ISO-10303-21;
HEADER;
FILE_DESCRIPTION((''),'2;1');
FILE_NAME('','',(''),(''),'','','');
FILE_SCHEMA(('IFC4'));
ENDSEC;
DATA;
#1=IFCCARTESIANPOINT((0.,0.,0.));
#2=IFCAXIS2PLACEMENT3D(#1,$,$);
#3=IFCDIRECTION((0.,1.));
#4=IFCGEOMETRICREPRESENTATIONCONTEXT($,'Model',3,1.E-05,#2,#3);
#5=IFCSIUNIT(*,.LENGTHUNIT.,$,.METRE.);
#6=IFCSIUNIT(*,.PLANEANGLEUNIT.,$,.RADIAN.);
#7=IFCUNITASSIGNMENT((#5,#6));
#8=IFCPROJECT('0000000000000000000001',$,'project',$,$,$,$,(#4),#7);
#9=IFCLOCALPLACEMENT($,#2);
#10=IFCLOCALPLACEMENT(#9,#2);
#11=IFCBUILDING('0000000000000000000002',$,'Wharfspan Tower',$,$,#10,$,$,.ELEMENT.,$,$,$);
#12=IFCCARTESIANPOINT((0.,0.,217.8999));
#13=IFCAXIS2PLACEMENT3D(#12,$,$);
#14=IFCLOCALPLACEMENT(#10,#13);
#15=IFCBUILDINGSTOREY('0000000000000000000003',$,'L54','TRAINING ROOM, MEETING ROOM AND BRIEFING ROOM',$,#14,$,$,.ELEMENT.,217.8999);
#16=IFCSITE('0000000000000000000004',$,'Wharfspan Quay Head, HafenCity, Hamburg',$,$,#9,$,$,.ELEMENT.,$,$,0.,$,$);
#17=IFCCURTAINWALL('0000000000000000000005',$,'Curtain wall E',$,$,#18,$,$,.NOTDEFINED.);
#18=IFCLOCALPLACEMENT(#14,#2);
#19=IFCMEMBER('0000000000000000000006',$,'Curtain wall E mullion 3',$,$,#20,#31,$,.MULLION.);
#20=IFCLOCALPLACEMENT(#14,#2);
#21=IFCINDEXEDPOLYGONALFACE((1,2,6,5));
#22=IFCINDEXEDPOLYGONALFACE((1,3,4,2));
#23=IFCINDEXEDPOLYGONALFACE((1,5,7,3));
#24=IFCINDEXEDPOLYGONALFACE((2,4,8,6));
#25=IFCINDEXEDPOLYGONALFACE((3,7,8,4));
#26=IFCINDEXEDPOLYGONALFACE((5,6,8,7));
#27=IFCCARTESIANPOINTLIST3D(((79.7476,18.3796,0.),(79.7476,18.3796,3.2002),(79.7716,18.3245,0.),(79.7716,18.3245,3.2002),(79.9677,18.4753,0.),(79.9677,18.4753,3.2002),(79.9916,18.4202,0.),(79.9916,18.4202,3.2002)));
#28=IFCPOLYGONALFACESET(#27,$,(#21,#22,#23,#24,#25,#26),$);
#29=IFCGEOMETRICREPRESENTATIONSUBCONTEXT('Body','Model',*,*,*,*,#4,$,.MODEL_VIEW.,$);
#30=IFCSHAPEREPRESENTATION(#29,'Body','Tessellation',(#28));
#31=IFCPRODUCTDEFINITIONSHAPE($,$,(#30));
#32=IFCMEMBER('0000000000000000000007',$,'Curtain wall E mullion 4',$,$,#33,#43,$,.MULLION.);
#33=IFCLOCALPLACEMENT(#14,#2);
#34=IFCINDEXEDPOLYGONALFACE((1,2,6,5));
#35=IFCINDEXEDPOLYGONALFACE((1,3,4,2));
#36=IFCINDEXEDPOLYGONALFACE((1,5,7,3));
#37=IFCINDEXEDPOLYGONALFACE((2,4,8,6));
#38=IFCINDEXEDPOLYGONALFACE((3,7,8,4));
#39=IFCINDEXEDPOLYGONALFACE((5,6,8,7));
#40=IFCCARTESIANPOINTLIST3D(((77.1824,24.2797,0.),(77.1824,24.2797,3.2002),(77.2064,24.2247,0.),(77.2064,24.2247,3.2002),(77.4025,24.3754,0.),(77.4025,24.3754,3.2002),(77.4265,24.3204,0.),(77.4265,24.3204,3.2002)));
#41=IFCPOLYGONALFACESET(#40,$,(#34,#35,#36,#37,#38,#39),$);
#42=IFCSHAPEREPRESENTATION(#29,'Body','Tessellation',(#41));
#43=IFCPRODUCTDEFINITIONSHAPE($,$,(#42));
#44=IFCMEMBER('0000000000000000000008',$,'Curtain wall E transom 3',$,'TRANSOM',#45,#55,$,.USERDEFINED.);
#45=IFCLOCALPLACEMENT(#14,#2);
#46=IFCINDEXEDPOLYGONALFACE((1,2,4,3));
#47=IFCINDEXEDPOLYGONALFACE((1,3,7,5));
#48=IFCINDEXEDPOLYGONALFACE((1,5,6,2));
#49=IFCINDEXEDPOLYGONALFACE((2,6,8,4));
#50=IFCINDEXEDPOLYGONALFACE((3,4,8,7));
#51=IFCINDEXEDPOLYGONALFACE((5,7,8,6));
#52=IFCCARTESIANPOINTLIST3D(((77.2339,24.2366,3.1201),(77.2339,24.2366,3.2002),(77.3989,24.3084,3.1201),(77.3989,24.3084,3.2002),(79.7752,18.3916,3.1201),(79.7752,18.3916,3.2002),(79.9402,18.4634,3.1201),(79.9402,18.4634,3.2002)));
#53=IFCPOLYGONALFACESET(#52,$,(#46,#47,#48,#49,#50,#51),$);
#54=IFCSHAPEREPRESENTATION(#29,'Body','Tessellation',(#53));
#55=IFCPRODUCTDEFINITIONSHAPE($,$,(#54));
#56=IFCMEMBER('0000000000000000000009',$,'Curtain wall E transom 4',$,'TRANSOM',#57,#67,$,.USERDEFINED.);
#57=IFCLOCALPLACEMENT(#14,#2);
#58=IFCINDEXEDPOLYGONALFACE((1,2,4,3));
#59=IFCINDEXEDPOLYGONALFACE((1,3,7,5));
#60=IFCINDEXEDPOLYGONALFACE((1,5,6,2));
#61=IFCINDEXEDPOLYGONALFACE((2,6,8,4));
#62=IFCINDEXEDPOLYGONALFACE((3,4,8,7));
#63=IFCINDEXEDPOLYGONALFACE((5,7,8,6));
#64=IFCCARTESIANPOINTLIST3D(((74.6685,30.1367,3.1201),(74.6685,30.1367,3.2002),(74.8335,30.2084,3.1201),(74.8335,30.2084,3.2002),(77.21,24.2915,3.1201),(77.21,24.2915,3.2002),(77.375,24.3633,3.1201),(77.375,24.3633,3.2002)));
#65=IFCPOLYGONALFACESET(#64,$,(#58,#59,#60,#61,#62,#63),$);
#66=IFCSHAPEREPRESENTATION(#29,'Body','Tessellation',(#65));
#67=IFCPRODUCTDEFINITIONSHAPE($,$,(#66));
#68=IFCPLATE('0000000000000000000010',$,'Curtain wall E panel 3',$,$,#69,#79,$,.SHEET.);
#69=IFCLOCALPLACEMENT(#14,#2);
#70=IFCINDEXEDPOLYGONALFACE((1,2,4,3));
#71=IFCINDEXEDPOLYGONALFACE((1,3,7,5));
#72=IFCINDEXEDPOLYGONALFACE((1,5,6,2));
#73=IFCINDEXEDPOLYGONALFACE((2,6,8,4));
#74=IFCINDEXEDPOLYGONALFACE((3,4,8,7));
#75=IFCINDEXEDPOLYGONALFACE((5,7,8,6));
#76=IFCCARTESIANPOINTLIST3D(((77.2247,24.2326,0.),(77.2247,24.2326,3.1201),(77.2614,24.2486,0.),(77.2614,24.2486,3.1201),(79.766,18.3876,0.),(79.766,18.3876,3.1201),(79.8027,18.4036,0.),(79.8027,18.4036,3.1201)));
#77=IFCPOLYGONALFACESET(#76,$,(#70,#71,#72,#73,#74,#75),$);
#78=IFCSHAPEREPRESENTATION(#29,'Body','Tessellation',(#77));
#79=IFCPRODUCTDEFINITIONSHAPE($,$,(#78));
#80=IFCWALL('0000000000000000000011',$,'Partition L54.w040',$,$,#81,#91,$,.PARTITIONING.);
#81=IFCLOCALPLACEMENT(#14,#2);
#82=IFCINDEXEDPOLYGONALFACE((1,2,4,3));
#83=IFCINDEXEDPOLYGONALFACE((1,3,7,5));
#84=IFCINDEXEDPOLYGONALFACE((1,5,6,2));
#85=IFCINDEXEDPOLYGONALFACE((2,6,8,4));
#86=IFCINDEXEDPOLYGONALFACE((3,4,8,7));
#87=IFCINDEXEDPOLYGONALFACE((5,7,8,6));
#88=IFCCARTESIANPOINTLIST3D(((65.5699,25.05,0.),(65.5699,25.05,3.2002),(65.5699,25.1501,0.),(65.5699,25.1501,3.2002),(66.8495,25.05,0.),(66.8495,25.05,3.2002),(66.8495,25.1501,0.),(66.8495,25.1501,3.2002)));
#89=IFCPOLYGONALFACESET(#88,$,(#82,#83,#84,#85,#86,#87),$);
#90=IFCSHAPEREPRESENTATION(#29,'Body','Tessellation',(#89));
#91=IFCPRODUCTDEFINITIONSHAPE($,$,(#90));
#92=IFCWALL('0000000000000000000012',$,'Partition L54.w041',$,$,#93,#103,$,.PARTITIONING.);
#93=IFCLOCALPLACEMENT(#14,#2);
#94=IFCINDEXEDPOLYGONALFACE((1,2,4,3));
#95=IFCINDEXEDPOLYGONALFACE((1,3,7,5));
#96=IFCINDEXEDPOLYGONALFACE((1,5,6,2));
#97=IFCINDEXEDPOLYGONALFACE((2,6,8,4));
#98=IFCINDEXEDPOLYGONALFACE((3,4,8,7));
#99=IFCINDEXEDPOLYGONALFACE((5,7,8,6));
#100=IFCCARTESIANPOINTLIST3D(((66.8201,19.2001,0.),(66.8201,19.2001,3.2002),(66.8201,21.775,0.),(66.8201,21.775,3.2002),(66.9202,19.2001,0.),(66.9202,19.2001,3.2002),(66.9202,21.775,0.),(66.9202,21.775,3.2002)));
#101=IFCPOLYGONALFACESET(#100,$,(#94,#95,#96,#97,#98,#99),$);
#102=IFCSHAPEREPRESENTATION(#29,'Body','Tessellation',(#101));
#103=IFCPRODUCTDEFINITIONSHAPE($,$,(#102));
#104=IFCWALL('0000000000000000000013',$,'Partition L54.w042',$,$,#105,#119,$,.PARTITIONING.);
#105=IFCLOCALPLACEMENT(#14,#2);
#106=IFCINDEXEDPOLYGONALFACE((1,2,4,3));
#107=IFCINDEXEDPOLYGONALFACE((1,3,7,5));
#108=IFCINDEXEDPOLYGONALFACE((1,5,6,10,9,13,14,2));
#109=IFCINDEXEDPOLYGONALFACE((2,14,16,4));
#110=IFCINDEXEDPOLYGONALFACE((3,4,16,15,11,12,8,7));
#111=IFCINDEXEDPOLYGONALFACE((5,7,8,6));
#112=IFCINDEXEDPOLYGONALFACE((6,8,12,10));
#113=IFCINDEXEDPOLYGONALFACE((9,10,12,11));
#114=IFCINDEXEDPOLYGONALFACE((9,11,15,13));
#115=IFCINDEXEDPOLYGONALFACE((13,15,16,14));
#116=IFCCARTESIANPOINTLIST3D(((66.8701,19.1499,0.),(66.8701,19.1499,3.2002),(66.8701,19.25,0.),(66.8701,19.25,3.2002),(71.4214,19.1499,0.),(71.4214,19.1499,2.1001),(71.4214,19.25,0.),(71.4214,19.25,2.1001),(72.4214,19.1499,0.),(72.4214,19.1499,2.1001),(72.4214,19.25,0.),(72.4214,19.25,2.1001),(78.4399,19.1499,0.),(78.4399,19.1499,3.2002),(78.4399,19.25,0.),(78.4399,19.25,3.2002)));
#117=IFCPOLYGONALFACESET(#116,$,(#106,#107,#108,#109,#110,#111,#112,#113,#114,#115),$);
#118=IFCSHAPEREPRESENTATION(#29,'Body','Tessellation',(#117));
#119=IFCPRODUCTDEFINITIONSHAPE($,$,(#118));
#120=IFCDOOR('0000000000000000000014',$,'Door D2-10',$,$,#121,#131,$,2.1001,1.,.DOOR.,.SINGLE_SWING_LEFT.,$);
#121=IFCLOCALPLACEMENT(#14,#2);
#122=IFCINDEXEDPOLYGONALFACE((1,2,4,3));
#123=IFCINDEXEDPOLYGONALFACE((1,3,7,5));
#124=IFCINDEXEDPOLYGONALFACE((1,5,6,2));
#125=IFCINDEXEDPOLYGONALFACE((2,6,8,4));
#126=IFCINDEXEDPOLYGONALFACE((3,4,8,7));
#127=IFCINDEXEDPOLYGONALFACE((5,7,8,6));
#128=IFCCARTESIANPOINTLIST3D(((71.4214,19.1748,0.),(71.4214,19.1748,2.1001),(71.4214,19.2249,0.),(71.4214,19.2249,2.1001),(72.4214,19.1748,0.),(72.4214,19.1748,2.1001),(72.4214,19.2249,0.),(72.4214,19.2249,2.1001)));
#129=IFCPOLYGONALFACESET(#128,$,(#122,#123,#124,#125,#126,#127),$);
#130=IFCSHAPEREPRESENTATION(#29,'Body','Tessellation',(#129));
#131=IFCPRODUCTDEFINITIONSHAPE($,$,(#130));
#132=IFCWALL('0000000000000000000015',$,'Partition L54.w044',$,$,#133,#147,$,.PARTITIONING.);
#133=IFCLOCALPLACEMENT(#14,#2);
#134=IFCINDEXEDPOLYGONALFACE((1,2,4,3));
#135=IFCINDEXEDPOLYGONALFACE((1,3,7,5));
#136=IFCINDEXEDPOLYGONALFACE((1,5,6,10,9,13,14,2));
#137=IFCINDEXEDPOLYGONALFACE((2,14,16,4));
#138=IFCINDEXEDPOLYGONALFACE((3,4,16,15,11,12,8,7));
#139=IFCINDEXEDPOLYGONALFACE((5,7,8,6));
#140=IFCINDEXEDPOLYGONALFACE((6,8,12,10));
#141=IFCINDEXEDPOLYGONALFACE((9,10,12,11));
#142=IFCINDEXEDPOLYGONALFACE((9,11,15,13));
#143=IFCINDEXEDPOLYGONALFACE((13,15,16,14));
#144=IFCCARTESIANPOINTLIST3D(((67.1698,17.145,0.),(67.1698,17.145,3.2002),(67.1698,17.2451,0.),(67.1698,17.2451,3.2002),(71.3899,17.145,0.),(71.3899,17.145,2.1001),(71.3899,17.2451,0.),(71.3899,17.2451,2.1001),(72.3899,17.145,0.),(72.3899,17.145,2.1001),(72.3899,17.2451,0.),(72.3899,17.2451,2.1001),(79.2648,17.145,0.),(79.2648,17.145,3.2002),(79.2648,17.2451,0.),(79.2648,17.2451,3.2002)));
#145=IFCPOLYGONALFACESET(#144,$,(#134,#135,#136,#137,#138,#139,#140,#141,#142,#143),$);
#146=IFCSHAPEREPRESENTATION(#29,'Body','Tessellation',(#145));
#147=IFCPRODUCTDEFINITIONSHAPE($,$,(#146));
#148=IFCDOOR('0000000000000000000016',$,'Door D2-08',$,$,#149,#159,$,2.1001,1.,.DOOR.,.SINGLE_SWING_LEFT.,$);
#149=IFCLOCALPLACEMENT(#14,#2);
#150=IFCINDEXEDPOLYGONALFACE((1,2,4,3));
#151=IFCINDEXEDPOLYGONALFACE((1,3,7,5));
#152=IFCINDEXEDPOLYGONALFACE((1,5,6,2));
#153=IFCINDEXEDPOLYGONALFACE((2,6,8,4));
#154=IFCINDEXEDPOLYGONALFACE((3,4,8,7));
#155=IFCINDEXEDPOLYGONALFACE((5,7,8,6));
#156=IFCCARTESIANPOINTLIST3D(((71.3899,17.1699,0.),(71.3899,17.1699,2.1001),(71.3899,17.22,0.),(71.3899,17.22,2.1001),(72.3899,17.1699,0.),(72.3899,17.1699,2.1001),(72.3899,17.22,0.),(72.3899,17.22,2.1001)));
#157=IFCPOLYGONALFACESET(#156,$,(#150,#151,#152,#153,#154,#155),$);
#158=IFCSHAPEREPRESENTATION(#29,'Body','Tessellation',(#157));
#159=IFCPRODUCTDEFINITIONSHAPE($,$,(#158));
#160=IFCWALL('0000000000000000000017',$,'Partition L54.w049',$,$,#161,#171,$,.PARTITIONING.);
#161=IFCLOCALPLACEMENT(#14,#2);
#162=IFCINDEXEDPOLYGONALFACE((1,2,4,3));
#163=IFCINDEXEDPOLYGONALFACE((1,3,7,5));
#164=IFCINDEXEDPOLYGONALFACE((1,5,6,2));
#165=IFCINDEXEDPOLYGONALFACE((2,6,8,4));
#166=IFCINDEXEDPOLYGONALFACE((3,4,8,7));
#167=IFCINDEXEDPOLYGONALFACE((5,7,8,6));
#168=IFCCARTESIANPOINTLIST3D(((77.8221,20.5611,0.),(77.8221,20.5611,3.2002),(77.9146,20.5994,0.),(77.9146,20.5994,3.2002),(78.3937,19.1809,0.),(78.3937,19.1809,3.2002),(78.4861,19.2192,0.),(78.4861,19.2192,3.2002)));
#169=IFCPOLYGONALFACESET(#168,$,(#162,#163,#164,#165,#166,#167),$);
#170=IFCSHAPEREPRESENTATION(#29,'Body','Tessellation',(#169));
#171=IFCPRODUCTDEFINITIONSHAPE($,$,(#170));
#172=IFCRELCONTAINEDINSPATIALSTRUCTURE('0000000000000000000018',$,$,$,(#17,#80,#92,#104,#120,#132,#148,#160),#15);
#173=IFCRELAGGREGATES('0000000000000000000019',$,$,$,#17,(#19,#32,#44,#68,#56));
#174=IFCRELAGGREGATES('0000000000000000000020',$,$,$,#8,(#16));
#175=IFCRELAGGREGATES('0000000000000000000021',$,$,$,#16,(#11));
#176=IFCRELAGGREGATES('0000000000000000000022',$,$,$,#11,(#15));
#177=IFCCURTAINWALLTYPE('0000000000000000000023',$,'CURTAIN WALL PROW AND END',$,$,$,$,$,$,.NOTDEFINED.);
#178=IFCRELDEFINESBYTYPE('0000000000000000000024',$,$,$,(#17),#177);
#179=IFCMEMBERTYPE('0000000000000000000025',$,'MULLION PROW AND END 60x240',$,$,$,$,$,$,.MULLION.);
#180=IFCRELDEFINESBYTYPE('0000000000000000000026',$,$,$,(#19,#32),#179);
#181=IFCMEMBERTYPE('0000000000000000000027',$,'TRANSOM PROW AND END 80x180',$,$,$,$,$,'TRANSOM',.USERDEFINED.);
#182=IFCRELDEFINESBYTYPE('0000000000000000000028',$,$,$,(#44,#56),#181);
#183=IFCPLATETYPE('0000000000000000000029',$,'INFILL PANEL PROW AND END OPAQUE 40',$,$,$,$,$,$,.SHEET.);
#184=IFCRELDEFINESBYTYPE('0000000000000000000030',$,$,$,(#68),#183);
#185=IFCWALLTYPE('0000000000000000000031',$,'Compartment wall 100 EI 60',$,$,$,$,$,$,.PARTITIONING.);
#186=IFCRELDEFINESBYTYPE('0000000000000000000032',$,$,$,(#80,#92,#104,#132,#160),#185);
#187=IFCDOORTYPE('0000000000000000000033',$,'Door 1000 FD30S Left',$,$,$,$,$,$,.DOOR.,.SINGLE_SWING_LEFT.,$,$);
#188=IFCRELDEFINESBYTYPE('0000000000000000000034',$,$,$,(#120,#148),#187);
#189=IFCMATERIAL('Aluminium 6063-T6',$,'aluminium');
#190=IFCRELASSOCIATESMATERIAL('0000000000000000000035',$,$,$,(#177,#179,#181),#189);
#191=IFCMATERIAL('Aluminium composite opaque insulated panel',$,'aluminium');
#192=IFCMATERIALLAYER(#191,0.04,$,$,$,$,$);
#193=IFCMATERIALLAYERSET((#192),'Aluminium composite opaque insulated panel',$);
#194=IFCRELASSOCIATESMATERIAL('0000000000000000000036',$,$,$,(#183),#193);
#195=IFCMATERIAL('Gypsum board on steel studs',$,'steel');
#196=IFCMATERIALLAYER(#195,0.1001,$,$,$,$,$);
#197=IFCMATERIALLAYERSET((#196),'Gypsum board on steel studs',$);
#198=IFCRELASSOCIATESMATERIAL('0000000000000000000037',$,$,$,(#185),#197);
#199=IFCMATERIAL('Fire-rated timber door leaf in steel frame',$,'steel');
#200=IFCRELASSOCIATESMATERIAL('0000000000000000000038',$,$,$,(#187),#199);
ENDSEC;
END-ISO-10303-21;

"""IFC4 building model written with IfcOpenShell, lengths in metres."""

from ifc_helpers import new_model, si_unit, direction, frame, frame_2d, origin, origin_2d, place, context, subcontext, project, spatial, rectangle, extrude, material, layer, layer_set, material_profile, profile_set, type_object, element, fill, aggregate, save


model = new_model("IFC4")

# Units and contexts
model_context = context("Model", 3, precision=1e-05, world=origin(), true_north=direction((0.0, 1.0)))
body_context = subcontext(model_context, "Body", "Model", "MODEL_VIEW")
ifc_project = project(units=[si_unit("LENGTHUNIT", "METRE"), si_unit("PLANEANGLEUNIT", "RADIAN")], contexts=[model_context])

# Site, building, storey
site_placement = place(None, origin())
site = spatial("IfcSite", under=ifc_project, at=site_placement, Name="Wharfspan Quay Head, HafenCity, Hamburg", CompositionType="ELEMENT", RefElevation=0.0)
building_placement = place(site_placement, origin())
building = spatial("IfcBuilding", under=site, at=building_placement, Name="Wharfspan Tower", CompositionType="ELEMENT")
storey_placement = place(building_placement, frame((0.0, 0.0, 217.8999)))
storey = spatial("IfcBuildingStorey", under=building, at=storey_placement, Name="L54", Description="TRAINING ROOM, MEETING ROOM AND BRIEFING ROOM", CompositionType="ELEMENT", Elevation=217.8999)

# Curtain wall, members, plate
ifc_material_1 = material(Name="Aluminium 6063-T6", Category="aluminium")
curtain_wall_type = type_object("IfcCurtainWallType", Name="CURTAIN WALL PROW AND END", PredefinedType="NOTDEFINED", material=ifc_material_1)
curtain_wall_placement = place(storey_placement, origin())
curtain_wall = element("IfcCurtainWall", 1, at=curtain_wall_placement, inside=storey, type_object=curtain_wall_type, Name="Curtain wall E", PredefinedType="NOTDEFINED")
ifc_material_profile_1 = material_profile(ifc_material_1, rectangle(XDim=0.24, YDim=0.0601, at=origin_2d()))
ifc_profile_set_1 = profile_set([ifc_material_profile_1], Name="Aluminium 6063-T6")
member_type_1 = type_object("IfcMemberType", Name="MULLION PROW AND END 60x240", PredefinedType="MULLION", material=ifc_profile_set_1)
member_1_placement = place(storey_placement, frame((79.8696, 18.3999, 0.0), z_axis=(0.0, 0.0, 1.0), x_axis=(-0.917072, -0.398727, 0.0)))
member_1 = element("IfcMember", 2, at=member_1_placement, type_object=member_type_1, Name="Curtain wall E mullion 3", PredefinedType="MULLION", context=body_context, shape_type="SweptSolid", body=[
    extrude(rectangle(XDim=0.24, YDim=0.0601, at=origin_2d()), origin(), (0.0, 0.0, 1.0), 3.2002),
])
member_2_placement = place(storey_placement, frame((77.3044, 24.3, 0.0), z_axis=(0.0, 0.0, 1.0), x_axis=(-0.917072, -0.398727, 0.0)))
member_2 = element("IfcMember", 3, at=member_2_placement, type_object=member_type_1, Name="Curtain wall E mullion 4", PredefinedType="MULLION", context=body_context, shape_type="SweptSolid", body=[
    extrude(rectangle(XDim=0.24, YDim=0.0601, at=origin_2d()), origin(), (0.0, 0.0, 1.0), 3.2002),
])
ifc_material_profile_2 = material_profile(ifc_material_1, rectangle(XDim=0.1799, YDim=0.0801, at=origin_2d()))
ifc_profile_set_2 = profile_set([ifc_material_profile_2], Name="Aluminium 6063-T6")
member_type_2 = type_object("IfcMemberType", Name="TRANSOM PROW AND END 80x180", ElementType="TRANSOM", PredefinedType="USERDEFINED", material=ifc_profile_set_2)
member_3_placement = place(storey_placement, frame((79.8577, 18.4275, 3.1602), z_axis=(-0.398722, 0.917072, 0.0), x_axis=(-0.917072, -0.398722, 0.0)))
member_3 = element("IfcMember", 4, at=member_3_placement, type_object=member_type_2, Name="Curtain wall E transom 3", ObjectType="TRANSOM", PredefinedType="USERDEFINED", context=body_context, shape_type="SweptSolid", body=[
    extrude(rectangle(XDim=0.1799, YDim=0.0801, at=origin_2d()), origin(), (0.0, 0.0, 1.0), 6.3735),
])
member_4_placement = place(storey_placement, frame((77.2925, 24.3274, 3.1602), z_axis=(-0.39874, 0.917064, 0.0), x_axis=(-0.917064, -0.39874, 0.0)))
member_4 = element("IfcMember", 5, at=member_4_placement, type_object=member_type_2, Name="Curtain wall E transom 4", ObjectType="TRANSOM", PredefinedType="USERDEFINED", context=body_context, shape_type="SweptSolid", body=[
    extrude(rectangle(XDim=0.1799, YDim=0.0801, at=origin_2d()), origin(), (0.0, 0.0, 1.0), 6.3738),
])
ifc_material_2 = material(Name="Aluminium composite opaque insulated panel", Category="aluminium")
ifc_layer_1 = layer(ifc_material_2, 0.04)
ifc_layer_set_1 = layer_set([ifc_layer_1], Name="Aluminium composite opaque insulated panel")
plate_type = type_object("IfcPlateType", Name="INFILL PANEL PROW AND END OPAQUE 40", PredefinedType="SHEET", material=ifc_layer_set_1)
plate_placement = place(storey_placement, frame((78.5137, 21.3181, 0.0), z_axis=(0.0, 0.0, 1.0), x_axis=(-0.398727, 0.917072, 0.0)))
plate = element("IfcPlate", 6, at=plate_placement, type_object=plate_type, Name="Curtain wall E panel 3", PredefinedType="SHEET", context=body_context, shape_type="SweptSolid", body=[
    extrude(rectangle(XDim=6.3735, YDim=0.04, at=origin_2d()), origin(), (0.0, 0.0, 1.0), 3.1201),
])
aggregate(curtain_wall, [member_1, member_2, member_3, plate, member_4])

# Walls
ifc_material_3 = material(Name="Gypsum board on steel studs", Category="steel")
ifc_layer_2 = layer(ifc_material_3, 0.1001)
ifc_layer_set_2 = layer_set([ifc_layer_2], Name="Gypsum board on steel studs")
wall_type_1 = type_object("IfcWallType", Name="Compartment wall 100 EI 60", PredefinedType="PARTITIONING", material=ifc_layer_set_2)
wall_1_placement = place(storey_placement, frame((65.5701, 25.1001, 0.0), z_axis=(0.0, 0.0, 1.0), x_axis=(1.0, 0.0, 0.0)))
element("IfcWall", 7, at=wall_1_placement, inside=storey, type_object=wall_type_1, Name="Partition L54.w040", PredefinedType="PARTITIONING", context=body_context, shape_type="SweptSolid", body=[
    extrude(rectangle(XDim=1.2795, YDim=0.1001, at=frame_2d((0.6396, 0.0))), origin(), (0.0, 0.0, 1.0), 3.2002),
])
wall_2_placement = place(storey_placement, frame((66.8701, 19.2, 0.0), z_axis=(0.0, 0.0, 1.0), x_axis=(0.0, 1.0, 0.0)))
element("IfcWall", 8, at=wall_2_placement, inside=storey, type_object=wall_type_1, Name="Partition L54.w041", PredefinedType="PARTITIONING", context=body_context, shape_type="SweptSolid", body=[
    extrude(rectangle(XDim=2.575, YDim=0.1001, at=frame_2d((1.2876, 0.0))), origin(), (0.0, 0.0, 1.0), 3.2002),
])

# Walls, openings, doors
wall_3_placement = place(storey_placement, frame((66.8701, 19.2, 0.0), z_axis=(0.0, 0.0, 1.0), x_axis=(1.0, 0.0, 0.0)))
wall_3 = element("IfcWall", 9, at=wall_3_placement, inside=storey, type_object=wall_type_1, Name="Partition L54.w042", PredefinedType="PARTITIONING", context=body_context, shape_type="SweptSolid", body=[
    extrude(rectangle(XDim=11.5698, YDim=0.1001, at=frame_2d((5.7849, 0.0))), origin(), (0.0, 0.0, 1.0), 3.2002),
])
opening_1_placement = place(wall_3_placement, frame((4.5513, 0.0, 0.0)))
opening_1 = element("IfcOpeningElement", 10, at=opening_1_placement, cuts=wall_3, PredefinedType="OPENING", context=body_context, shape_type="SweptSolid", body=[
    extrude(rectangle(XDim=1.0, YDim=2.1001, at=frame_2d((0.5, 1.05))), frame((0.0, 0.0601, 0.0), z_axis=(0.0, -1.0, 0.0), x_axis=(1.0, 0.0, 0.0)), (0.0, 0.0, 1.0), 0.1201),
])
ifc_material_4 = material(Name="Fire-rated timber door leaf in steel frame", Category="steel")
door_type_1 = type_object("IfcDoorType", Name="Door 1000 FD30S Left", OperationType="SINGLE_SWING_LEFT", PredefinedType="DOOR", material=ifc_material_4)
door_1_placement = place(opening_1_placement, origin())
door_1 = element("IfcDoor", 11, at=door_1_placement, inside=storey, type_object=door_type_1, Name="Door D2-10", OperationType="SINGLE_SWING_LEFT", OverallHeight=2.1001, OverallWidth=1.0, PredefinedType="DOOR", context=body_context, shape_type="SweptSolid", body=[
    extrude(rectangle(XDim=1.0, YDim=2.1001, at=frame_2d((0.5, 1.05))), frame((0.0, 0.0249, 0.0), z_axis=(0.0, -1.0, 0.0), x_axis=(1.0, 0.0, 0.0)), (0.0, 0.0, 1.0), 0.05),
])
fill(opening_1, door_1)
wall_4_placement = place(storey_placement, frame((67.1699, 17.1951, 0.0), z_axis=(0.0, 0.0, 1.0), x_axis=(1.0, 0.0, 0.0)))
wall_4 = element("IfcWall", 12, at=wall_4_placement, inside=storey, type_object=wall_type_1, Name="Partition L54.w044", PredefinedType="PARTITIONING", context=body_context, shape_type="SweptSolid", body=[
    extrude(rectangle(XDim=12.095, YDim=0.1001, at=frame_2d((6.0474, 0.0))), origin(), (0.0, 0.0, 1.0), 3.2002),
])
opening_2_placement = place(wall_4_placement, frame((4.22, 0.0, 0.0)))
opening_2 = element("IfcOpeningElement", 13, at=opening_2_placement, cuts=wall_4, PredefinedType="OPENING", context=body_context, shape_type="SweptSolid", body=[
    extrude(rectangle(XDim=1.0, YDim=2.1001, at=frame_2d((0.5, 1.05))), frame((0.0, 0.0601, 0.0), z_axis=(0.0, -1.0, 0.0), x_axis=(1.0, 0.0, 0.0)), (0.0, 0.0, 1.0), 0.1201),
])
door_2_placement = place(opening_2_placement, origin())
door_2 = element("IfcDoor", 14, at=door_2_placement, inside=storey, type_object=door_type_1, Name="Door D2-08", OperationType="SINGLE_SWING_LEFT", OverallHeight=2.1001, OverallWidth=1.0, PredefinedType="DOOR", context=body_context, shape_type="SweptSolid", body=[
    extrude(rectangle(XDim=1.0, YDim=2.1001, at=frame_2d((0.5, 1.05))), frame((0.0, 0.0249, 0.0), z_axis=(0.0, -1.0, 0.0), x_axis=(1.0, 0.0, 0.0)), (0.0, 0.0, 1.0), 0.05),
])
fill(opening_2, door_2)

# Wall
wall_5_placement = place(storey_placement, frame((78.4399, 19.2, 0.0), z_axis=(0.0, 0.0, 1.0), x_axis=(-0.382605, 0.923907, 0.0)))
element("IfcWall", 15, at=wall_5_placement, inside=storey, type_object=wall_type_1, Name="Partition L54.w049", PredefinedType="PARTITIONING", context=body_context, shape_type="SweptSolid", body=[
    extrude(rectangle(XDim=1.4939, YDim=0.1001, at=frame_2d((0.7471, 0.0))), origin(), (0.0, 0.0, 1.0), 3.2002),
])

save(model, "model.ifc")
